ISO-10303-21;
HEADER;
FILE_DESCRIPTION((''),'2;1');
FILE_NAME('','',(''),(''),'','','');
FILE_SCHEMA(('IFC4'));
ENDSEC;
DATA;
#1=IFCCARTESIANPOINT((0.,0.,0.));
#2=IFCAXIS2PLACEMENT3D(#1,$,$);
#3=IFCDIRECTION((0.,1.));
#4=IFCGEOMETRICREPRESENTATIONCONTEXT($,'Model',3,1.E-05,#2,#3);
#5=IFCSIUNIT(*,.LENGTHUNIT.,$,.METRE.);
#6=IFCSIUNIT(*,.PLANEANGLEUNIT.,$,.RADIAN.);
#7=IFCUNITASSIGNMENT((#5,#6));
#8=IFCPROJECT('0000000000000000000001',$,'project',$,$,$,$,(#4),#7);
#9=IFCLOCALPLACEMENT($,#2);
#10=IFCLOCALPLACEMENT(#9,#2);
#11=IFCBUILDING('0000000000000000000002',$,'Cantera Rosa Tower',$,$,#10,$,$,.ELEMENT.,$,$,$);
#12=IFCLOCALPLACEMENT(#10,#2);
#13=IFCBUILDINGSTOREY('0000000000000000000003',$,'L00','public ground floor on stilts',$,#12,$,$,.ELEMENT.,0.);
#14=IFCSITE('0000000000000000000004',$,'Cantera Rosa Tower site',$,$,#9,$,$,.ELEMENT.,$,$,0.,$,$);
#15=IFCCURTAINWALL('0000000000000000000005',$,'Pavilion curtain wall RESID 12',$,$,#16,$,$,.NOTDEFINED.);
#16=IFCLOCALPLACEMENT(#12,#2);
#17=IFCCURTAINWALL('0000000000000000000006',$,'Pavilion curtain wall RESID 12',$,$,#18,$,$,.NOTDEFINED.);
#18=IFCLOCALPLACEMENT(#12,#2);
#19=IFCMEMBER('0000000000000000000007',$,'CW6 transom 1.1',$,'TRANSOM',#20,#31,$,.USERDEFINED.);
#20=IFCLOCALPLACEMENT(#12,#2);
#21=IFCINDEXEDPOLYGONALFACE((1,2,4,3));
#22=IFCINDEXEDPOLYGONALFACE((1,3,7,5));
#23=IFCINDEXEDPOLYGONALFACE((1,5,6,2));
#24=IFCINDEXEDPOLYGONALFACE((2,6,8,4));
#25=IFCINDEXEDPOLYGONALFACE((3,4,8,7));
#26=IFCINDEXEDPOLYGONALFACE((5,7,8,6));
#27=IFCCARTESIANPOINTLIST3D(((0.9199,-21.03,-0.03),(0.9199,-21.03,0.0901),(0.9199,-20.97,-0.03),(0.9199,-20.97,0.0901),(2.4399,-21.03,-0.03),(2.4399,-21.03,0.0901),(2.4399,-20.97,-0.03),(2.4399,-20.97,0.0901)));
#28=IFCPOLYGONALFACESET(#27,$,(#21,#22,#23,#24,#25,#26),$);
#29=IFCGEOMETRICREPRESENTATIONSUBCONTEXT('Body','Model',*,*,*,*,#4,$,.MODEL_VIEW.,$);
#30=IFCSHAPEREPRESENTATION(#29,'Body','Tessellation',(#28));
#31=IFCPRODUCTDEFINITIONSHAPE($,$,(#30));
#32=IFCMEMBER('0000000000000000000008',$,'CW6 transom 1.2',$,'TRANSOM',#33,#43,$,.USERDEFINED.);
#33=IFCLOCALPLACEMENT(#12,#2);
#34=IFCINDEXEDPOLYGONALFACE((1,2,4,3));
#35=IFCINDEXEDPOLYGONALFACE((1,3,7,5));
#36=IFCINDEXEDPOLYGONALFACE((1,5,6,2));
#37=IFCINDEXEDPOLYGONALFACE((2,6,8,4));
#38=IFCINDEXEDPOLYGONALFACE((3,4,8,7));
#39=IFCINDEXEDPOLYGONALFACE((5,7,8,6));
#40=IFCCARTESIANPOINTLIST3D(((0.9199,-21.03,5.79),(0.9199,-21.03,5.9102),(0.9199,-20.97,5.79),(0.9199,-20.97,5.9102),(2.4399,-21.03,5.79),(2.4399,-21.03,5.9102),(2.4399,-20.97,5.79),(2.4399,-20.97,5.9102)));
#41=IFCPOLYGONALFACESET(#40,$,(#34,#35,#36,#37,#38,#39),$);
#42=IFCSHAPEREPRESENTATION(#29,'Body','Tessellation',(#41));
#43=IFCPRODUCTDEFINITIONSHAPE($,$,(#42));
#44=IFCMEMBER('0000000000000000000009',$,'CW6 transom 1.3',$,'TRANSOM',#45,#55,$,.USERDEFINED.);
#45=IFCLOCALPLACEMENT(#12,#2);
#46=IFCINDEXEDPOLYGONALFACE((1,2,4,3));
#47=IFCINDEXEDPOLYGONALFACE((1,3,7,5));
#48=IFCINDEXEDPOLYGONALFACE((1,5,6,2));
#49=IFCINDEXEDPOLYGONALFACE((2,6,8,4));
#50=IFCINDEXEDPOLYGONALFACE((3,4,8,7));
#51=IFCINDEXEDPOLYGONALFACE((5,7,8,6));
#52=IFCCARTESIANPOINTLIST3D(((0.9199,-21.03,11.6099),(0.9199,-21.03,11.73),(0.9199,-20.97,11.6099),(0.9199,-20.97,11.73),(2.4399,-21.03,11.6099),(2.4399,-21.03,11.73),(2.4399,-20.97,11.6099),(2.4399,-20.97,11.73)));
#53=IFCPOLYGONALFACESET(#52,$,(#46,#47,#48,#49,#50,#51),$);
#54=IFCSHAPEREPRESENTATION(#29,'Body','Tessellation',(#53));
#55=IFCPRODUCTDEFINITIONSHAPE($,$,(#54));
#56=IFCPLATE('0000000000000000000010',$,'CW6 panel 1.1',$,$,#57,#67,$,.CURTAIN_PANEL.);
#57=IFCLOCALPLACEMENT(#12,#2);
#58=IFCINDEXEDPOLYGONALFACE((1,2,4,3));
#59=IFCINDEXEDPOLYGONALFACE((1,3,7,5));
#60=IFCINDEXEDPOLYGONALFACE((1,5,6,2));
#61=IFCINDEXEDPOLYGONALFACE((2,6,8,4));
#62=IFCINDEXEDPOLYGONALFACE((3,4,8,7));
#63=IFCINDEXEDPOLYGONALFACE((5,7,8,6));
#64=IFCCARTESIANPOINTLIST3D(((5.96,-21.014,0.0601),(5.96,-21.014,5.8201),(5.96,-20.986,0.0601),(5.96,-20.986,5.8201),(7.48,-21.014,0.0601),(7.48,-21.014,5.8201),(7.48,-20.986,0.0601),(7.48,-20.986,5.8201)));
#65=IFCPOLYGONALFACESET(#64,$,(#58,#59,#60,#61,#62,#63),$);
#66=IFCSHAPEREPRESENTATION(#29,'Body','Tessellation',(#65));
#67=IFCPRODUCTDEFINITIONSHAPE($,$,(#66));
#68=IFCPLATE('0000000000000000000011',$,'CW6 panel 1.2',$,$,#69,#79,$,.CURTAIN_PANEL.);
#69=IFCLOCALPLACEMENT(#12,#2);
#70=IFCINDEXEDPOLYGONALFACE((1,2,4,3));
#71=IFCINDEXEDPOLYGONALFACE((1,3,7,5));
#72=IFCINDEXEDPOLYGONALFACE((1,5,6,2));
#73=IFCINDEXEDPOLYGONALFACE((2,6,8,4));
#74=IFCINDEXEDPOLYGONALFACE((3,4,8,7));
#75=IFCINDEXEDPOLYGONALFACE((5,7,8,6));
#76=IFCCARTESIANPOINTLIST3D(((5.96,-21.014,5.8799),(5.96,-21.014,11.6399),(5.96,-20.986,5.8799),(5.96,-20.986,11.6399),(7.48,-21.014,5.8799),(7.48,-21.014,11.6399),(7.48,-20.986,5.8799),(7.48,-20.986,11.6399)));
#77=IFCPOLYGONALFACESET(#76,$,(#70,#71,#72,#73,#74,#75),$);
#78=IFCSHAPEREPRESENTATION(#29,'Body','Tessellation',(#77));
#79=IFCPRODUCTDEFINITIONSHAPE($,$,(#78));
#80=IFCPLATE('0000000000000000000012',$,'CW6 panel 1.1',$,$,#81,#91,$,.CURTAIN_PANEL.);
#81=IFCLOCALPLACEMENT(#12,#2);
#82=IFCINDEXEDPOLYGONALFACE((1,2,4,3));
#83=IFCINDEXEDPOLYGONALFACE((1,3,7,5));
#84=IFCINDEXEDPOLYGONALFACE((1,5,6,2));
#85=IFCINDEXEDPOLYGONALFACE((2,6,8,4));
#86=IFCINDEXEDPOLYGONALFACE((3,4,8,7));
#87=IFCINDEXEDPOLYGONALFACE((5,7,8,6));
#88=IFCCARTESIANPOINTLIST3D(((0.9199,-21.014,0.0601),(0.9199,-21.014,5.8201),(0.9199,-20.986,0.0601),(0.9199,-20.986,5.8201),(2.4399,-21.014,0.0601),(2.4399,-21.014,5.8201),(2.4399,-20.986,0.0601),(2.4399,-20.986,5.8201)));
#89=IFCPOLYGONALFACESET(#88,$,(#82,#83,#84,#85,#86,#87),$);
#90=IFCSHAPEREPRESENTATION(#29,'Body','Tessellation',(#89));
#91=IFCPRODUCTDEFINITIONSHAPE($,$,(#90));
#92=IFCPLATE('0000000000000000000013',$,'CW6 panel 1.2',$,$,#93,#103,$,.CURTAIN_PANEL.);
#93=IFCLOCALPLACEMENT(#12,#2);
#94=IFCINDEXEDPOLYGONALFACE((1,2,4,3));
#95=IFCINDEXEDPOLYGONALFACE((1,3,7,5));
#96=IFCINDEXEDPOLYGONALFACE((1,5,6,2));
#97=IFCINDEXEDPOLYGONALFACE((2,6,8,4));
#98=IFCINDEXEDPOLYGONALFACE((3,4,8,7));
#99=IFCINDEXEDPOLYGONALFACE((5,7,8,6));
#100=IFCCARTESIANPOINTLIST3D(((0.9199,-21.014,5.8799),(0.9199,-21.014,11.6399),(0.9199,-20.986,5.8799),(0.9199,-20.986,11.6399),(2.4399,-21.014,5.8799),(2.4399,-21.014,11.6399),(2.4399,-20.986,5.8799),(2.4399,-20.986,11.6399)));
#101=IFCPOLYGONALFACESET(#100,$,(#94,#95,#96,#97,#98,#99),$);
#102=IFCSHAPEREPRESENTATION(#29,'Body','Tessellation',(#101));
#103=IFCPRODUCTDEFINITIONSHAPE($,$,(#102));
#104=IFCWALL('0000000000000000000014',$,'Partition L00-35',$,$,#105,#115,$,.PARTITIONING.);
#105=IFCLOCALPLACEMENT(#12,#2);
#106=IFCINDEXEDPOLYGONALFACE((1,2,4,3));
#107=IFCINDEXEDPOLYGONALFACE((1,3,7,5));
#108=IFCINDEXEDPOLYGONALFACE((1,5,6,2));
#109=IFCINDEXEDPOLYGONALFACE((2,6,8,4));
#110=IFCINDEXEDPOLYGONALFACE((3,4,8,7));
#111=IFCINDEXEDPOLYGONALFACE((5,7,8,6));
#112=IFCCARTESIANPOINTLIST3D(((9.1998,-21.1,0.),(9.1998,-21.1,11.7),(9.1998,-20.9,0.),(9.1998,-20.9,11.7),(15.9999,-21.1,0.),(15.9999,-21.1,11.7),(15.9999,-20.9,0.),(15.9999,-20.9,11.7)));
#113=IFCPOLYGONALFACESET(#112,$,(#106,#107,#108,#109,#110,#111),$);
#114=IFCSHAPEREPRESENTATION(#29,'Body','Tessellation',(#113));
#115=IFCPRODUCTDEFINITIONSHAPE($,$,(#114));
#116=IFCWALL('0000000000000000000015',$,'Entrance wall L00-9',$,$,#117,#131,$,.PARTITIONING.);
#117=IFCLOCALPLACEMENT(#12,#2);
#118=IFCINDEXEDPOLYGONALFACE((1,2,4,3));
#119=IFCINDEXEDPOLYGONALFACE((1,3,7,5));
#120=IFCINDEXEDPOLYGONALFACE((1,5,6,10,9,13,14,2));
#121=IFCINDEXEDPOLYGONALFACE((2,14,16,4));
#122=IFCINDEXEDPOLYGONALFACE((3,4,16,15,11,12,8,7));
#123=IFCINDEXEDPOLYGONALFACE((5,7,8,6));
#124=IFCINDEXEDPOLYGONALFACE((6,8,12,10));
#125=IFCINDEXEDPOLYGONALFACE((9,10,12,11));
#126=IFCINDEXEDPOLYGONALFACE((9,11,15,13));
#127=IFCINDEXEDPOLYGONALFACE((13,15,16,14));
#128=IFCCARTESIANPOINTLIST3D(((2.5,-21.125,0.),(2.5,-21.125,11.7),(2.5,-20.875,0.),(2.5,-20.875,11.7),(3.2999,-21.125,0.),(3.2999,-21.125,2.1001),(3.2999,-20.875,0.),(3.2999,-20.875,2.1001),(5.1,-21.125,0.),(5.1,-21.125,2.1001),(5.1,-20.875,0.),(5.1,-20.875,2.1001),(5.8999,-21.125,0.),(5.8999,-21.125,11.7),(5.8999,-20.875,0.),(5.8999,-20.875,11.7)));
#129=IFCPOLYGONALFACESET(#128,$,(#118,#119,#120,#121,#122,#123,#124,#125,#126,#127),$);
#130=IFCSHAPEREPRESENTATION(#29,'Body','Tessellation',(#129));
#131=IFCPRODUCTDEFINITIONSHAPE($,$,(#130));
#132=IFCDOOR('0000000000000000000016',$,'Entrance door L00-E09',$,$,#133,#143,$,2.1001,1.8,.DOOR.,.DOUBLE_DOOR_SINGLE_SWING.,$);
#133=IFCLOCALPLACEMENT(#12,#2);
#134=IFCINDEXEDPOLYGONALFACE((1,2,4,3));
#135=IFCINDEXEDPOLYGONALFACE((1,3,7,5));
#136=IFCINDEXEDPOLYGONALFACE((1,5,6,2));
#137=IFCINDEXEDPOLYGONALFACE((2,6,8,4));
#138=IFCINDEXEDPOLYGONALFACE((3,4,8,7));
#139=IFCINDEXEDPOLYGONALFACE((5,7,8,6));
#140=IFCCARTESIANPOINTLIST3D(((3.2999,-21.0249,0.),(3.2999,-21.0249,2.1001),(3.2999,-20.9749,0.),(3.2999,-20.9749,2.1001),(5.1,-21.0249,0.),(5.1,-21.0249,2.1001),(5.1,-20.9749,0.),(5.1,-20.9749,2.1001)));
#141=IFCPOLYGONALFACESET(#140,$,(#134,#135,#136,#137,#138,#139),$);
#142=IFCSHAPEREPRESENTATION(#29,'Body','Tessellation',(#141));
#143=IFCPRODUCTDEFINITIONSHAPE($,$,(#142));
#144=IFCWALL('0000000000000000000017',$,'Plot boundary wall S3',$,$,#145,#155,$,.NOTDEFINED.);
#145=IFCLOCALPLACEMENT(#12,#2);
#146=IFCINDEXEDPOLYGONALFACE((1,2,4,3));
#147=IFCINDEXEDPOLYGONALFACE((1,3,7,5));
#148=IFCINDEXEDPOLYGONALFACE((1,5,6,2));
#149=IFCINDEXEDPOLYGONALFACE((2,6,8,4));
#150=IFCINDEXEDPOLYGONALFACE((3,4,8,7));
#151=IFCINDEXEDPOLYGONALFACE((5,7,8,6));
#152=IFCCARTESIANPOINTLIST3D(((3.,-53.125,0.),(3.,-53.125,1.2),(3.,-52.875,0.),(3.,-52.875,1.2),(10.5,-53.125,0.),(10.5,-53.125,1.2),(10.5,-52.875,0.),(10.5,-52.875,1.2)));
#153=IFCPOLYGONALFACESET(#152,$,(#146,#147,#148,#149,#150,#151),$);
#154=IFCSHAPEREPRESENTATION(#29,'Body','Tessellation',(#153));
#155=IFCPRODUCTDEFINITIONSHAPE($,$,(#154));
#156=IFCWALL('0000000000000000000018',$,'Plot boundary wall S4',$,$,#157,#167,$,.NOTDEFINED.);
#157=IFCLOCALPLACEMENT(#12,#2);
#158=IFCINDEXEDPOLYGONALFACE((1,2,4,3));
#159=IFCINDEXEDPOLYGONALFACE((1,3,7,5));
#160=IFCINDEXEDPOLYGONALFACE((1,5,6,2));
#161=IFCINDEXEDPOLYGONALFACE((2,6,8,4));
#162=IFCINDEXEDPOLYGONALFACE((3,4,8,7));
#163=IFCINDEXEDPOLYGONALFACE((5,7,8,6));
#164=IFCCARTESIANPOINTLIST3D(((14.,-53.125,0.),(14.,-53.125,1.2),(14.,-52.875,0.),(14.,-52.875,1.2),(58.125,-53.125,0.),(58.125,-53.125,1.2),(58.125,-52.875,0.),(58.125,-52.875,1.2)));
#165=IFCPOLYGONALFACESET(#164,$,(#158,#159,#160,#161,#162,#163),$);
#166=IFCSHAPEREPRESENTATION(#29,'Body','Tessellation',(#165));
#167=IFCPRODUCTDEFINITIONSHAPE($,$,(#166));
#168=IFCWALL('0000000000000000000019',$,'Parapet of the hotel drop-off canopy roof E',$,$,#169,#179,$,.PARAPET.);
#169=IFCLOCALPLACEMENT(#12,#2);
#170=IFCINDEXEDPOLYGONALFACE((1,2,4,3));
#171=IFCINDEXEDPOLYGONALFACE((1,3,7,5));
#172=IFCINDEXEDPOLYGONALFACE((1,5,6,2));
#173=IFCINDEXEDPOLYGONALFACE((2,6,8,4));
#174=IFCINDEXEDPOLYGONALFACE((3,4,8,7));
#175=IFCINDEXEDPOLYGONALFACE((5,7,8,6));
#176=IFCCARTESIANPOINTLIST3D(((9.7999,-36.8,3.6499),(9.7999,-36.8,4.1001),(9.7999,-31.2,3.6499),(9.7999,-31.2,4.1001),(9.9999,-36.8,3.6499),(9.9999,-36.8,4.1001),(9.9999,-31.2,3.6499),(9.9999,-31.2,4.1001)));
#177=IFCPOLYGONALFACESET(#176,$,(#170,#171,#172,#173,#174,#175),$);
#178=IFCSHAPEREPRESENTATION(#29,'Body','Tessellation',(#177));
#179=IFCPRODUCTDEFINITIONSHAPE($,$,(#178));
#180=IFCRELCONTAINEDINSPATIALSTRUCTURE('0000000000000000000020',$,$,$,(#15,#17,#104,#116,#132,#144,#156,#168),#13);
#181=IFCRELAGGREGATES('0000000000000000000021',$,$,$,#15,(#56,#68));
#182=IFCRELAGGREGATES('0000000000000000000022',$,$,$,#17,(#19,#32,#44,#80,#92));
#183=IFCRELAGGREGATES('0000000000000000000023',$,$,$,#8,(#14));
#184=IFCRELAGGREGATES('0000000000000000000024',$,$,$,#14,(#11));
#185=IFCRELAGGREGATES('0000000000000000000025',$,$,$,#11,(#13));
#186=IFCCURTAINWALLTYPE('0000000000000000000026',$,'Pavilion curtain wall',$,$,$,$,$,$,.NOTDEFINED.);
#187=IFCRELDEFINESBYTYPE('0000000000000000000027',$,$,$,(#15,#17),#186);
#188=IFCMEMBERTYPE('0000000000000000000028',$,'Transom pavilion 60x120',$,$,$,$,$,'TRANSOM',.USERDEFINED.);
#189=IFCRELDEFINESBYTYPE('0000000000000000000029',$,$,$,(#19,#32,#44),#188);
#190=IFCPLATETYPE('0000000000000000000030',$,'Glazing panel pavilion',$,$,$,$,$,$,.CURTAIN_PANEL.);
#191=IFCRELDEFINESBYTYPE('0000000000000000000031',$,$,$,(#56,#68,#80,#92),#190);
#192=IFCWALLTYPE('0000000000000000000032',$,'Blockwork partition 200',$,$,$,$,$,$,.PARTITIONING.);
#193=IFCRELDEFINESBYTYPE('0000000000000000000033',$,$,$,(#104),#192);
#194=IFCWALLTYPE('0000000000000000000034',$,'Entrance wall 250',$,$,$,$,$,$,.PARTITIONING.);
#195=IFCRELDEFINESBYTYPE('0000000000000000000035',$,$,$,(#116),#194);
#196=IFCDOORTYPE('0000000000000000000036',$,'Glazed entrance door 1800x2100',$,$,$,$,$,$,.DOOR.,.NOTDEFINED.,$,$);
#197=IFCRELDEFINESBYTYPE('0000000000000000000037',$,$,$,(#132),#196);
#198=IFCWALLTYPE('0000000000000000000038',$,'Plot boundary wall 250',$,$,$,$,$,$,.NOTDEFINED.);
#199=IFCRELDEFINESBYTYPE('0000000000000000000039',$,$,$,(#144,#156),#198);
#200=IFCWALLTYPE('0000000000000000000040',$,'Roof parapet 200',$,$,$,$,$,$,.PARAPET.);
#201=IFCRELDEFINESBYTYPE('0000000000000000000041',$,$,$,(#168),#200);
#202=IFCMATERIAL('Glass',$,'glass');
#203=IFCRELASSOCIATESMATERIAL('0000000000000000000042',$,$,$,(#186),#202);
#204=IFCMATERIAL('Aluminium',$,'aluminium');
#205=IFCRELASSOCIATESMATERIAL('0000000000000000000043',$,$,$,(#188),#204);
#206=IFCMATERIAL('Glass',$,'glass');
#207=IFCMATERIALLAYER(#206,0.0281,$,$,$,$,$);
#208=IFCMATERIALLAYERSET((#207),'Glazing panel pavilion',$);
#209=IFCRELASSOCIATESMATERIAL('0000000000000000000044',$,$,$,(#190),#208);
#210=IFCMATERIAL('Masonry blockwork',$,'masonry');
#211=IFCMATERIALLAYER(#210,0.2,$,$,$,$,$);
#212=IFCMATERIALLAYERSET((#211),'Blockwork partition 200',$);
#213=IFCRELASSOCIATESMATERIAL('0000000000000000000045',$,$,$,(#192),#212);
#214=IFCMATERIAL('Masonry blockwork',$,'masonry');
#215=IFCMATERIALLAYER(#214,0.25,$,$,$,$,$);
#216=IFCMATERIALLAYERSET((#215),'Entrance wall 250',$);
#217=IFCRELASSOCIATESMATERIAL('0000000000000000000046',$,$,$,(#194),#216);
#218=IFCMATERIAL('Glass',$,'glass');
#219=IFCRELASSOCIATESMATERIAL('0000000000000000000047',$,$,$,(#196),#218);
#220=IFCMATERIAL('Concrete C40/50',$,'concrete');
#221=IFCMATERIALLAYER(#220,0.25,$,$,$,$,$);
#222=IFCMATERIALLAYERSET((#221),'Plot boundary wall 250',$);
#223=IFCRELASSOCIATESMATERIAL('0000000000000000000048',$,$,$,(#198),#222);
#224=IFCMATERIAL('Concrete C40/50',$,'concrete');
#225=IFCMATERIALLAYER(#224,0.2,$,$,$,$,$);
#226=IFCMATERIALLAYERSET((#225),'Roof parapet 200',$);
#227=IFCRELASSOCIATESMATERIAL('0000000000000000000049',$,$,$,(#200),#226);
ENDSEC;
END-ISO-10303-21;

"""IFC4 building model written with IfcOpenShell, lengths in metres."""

from ifc_helpers import new_model, si_unit, direction, frame, frame_2d, origin, origin_2d, place, context, subcontext, project, spatial, rectangle, extrude, material, layer, layer_set, material_profile, profile_set, type_object, element, fill, aggregate, save


model = new_model("IFC4")

# Units and contexts
model_context = context("Model", 3, precision=1e-05, world=origin(), true_north=direction((0.0, 1.0)))
body_context = subcontext(model_context, "Body", "Model", "MODEL_VIEW")
ifc_project = project(units=[si_unit("LENGTHUNIT", "METRE"), si_unit("PLANEANGLEUNIT", "RADIAN")], contexts=[model_context])

# Site, building, storey
site_placement = place(None, origin())
site = spatial("IfcSite", under=ifc_project, at=site_placement, Name="Cantera Rosa Tower site", CompositionType="ELEMENT", RefElevation=0.0)
building_placement = place(site_placement, origin())
building = spatial("IfcBuilding", under=site, at=building_placement, Name="Cantera Rosa Tower", CompositionType="ELEMENT")
storey_placement = place(building_placement, origin())
storey = spatial("IfcBuildingStorey", under=building, at=storey_placement, Name="L00", Description="public ground floor on stilts", CompositionType="ELEMENT", Elevation=0.0)

# Curtain walls
ifc_material_1 = material(Name="Glass", Category="glass")
curtain_wall_type = type_object("IfcCurtainWallType", Name="Pavilion curtain wall", PredefinedType="NOTDEFINED", material=ifc_material_1)
curtain_wall_1_placement = place(storey_placement, origin())
curtain_wall_1 = element("IfcCurtainWall", 1, at=curtain_wall_1_placement, inside=storey, type_object=curtain_wall_type, Name="Pavilion curtain wall RESID 12", PredefinedType="NOTDEFINED")
curtain_wall_2_placement = place(storey_placement, origin())
curtain_wall_2 = element("IfcCurtainWall", 2, at=curtain_wall_2_placement, inside=storey, type_object=curtain_wall_type, Name="Pavilion curtain wall RESID 12", PredefinedType="NOTDEFINED")

# Members
ifc_material_2 = material(Name="Aluminium", Category="aluminium")
ifc_material_profile_1 = material_profile(ifc_material_2, rectangle(XDim=0.0601, YDim=0.1201, at=origin_2d()), Name="Transom pavilion 60x120")
ifc_profile_set_1 = profile_set([ifc_material_profile_1], Name="Aluminium")
member_type_1 = type_object("IfcMemberType", Name="Transom pavilion 60x120", ElementType="TRANSOM", PredefinedType="USERDEFINED", material=ifc_profile_set_1)
member_1_placement = place(storey_placement, frame((2.4399, -21.0, 0.03), z_axis=(-1.0, 0.0, 0.0), x_axis=(0.0, -1.0, 0.0)))
member_1 = element("IfcMember", 3, at=member_1_placement, type_object=member_type_1, Name="CW6 transom 1.1", ObjectType="TRANSOM", PredefinedType="USERDEFINED", context=body_context, shape_type="SweptSolid", body=[
    extrude(rectangle(XDim=0.0601, YDim=0.1201, at=origin_2d()), origin(), (0.0, 0.0, 1.0), 1.52),
])
member_2_placement = place(storey_placement, frame((2.4399, -21.0, 5.8501), z_axis=(-1.0, 0.0, 0.0), x_axis=(0.0, -1.0, 0.0)))
member_2 = element("IfcMember", 4, at=member_2_placement, type_object=member_type_1, Name="CW6 transom 1.2", ObjectType="TRANSOM", PredefinedType="USERDEFINED", context=body_context, shape_type="SweptSolid", body=[
    extrude(rectangle(XDim=0.0601, YDim=0.1201, at=origin_2d()), origin(), (0.0, 0.0, 1.0), 1.52),
])
member_3_placement = place(storey_placement, frame((2.4399, -21.0, 11.6699), z_axis=(-1.0, 0.0, 0.0), x_axis=(0.0, -1.0, 0.0)))
member_3 = element("IfcMember", 5, at=member_3_placement, type_object=member_type_1, Name="CW6 transom 1.3", ObjectType="TRANSOM", PredefinedType="USERDEFINED", context=body_context, shape_type="SweptSolid", body=[
    extrude(rectangle(XDim=0.0601, YDim=0.1201, at=origin_2d()), origin(), (0.0, 0.0, 1.0), 1.52),
])

# Plates
ifc_material_3 = material(Name="Glass", Category="glass")
ifc_layer_1 = layer(ifc_material_3, 0.0281)
ifc_layer_set_1 = layer_set([ifc_layer_1], Name="Glazing panel pavilion")
plate_type = type_object("IfcPlateType", Name="Glazing panel pavilion", PredefinedType="CURTAIN_PANEL", material=ifc_layer_set_1)
plate_1_placement = place(storey_placement, frame((6.72, -21.0, 0.0601), z_axis=(0.0, 0.0, 1.0), x_axis=(-1.0, 0.0, 0.0)))
plate_1 = element("IfcPlate", 6, at=plate_1_placement, type_object=plate_type, Name="CW6 panel 1.1", PredefinedType="CURTAIN_PANEL", context=body_context, shape_type="SweptSolid", body=[
    extrude(rectangle(XDim=1.52, YDim=0.0281, at=origin_2d()), origin(), (0.0, 0.0, 1.0), 5.76),
])
plate_2_placement = place(storey_placement, frame((6.72, -21.0, 5.8799), z_axis=(0.0, 0.0, 1.0), x_axis=(-1.0, 0.0, 0.0)))
plate_2 = element("IfcPlate", 7, at=plate_2_placement, type_object=plate_type, Name="CW6 panel 1.2", PredefinedType="CURTAIN_PANEL", context=body_context, shape_type="SweptSolid", body=[
    extrude(rectangle(XDim=1.52, YDim=0.0281, at=origin_2d()), origin(), (0.0, 0.0, 1.0), 5.76),
])
aggregate(curtain_wall_1, [plate_1, plate_2])
plate_3_placement = place(storey_placement, frame((1.6799, -21.0, 0.0601), z_axis=(0.0, 0.0, 1.0), x_axis=(-1.0, 0.0, 0.0)))
plate_3 = element("IfcPlate", 8, at=plate_3_placement, type_object=plate_type, Name="CW6 panel 1.1", PredefinedType="CURTAIN_PANEL", context=body_context, shape_type="SweptSolid", body=[
    extrude(rectangle(XDim=1.52, YDim=0.0281, at=origin_2d()), origin(), (0.0, 0.0, 1.0), 5.76),
])
plate_4_placement = place(storey_placement, frame((1.6799, -21.0, 5.8799), z_axis=(0.0, 0.0, 1.0), x_axis=(-1.0, 0.0, 0.0)))
plate_4 = element("IfcPlate", 9, at=plate_4_placement, type_object=plate_type, Name="CW6 panel 1.2", PredefinedType="CURTAIN_PANEL", context=body_context, shape_type="SweptSolid", body=[
    extrude(rectangle(XDim=1.52, YDim=0.0281, at=origin_2d()), origin(), (0.0, 0.0, 1.0), 5.76),
])
aggregate(curtain_wall_2, [member_1, member_2, member_3, plate_3, plate_4])

# Wall
ifc_material_4 = material(Name="Masonry blockwork", Category="masonry")
ifc_layer_2 = layer(ifc_material_4, 0.2)
ifc_layer_set_2 = layer_set([ifc_layer_2], Name="Blockwork partition 200")
wall_type_1 = type_object("IfcWallType", Name="Blockwork partition 200", PredefinedType="PARTITIONING", material=ifc_layer_set_2)
wall_1_placement = place(storey_placement, frame((9.2, -21.0, 0.0), z_axis=(0.0, 0.0, 1.0), x_axis=(1.0, 0.0, 0.0)))
element("IfcWall", 10, at=wall_1_placement, inside=storey, type_object=wall_type_1, Name="Partition L00-35", PredefinedType="PARTITIONING", context=body_context, shape_type="SweptSolid", body=[
    extrude(rectangle(XDim=6.8, YDim=0.2, at=frame_2d((3.3999, 0.0))), origin(), (0.0, 0.0, 1.0), 11.7),
])

# Wall, opening, door
ifc_material_5 = material(Name="Masonry blockwork", Category="masonry")
ifc_layer_3 = layer(ifc_material_5, 0.25)
ifc_layer_set_3 = layer_set([ifc_layer_3], Name="Entrance wall 250")
wall_type_2 = type_object("IfcWallType", Name="Entrance wall 250", PredefinedType="PARTITIONING", material=ifc_layer_set_3)
wall_2_placement = place(storey_placement, frame((5.8999, -21.0, 0.0), z_axis=(0.0, 0.0, 1.0), x_axis=(-1.0, 0.0, 0.0)))
wall_2 = element("IfcWall", 11, at=wall_2_placement, inside=storey, type_object=wall_type_2, Name="Entrance wall L00-9", PredefinedType="PARTITIONING", context=body_context, shape_type="SweptSolid", body=[
    extrude(rectangle(XDim=3.3999, YDim=0.25, at=frame_2d((1.7, 0.0))), origin(), (0.0, 0.0, 1.0), 11.7),
])
opening_placement = place(wall_2_placement, frame((0.8, 0.0, 0.0)))
opening = element("IfcOpeningElement", 12, at=opening_placement, cuts=wall_2, PredefinedType="OPENING", context=body_context, shape_type="SweptSolid", body=[
    extrude(rectangle(XDim=1.8, YDim=2.1001, at=frame_2d((0.8999, 1.05))), frame((0.0, 0.135, 0.0), z_axis=(0.0, -1.0, 0.0), x_axis=(1.0, 0.0, 0.0)), (0.0, 0.0, 1.0), 0.27),
])
ifc_material_6 = material(Name="Glass", Category="glass")
door_type = type_object("IfcDoorType", Name="Glazed entrance door 1800x2100", OperationType="NOTDEFINED", PredefinedType="DOOR", material=ifc_material_6)
door_placement = place(opening_placement, origin())
door = element("IfcDoor", 13, at=door_placement, inside=storey, type_object=door_type, Name="Entrance door L00-E09", OperationType="DOUBLE_DOOR_SINGLE_SWING", OverallHeight=2.1001, OverallWidth=1.8, PredefinedType="DOOR", context=body_context, shape_type="SweptSolid", body=[
    extrude(rectangle(XDim=1.8, YDim=2.1001, at=frame_2d((0.8999, 1.05))), frame((0.0, 0.0249, 0.0), z_axis=(0.0, -1.0, 0.0), x_axis=(1.0, 0.0, 0.0)), (0.0, 0.0, 1.0), 0.05),
])
fill(opening, door)

# Walls
ifc_material_7 = material(Name="Concrete C40/50", Category="concrete")
ifc_layer_4 = layer(ifc_material_7, 0.25)
ifc_layer_set_4 = layer_set([ifc_layer_4], Name="Plot boundary wall 250")
wall_type_3 = type_object("IfcWallType", Name="Plot boundary wall 250", PredefinedType="NOTDEFINED", material=ifc_layer_set_4)
wall_3_placement = place(storey_placement, frame((3.0, -53.0, 0.0), z_axis=(0.0, 0.0, 1.0), x_axis=(1.0, 0.0, 0.0)))
element("IfcWall", 14, at=wall_3_placement, inside=storey, type_object=wall_type_3, Name="Plot boundary wall S3", PredefinedType="NOTDEFINED", context=body_context, shape_type="SweptSolid", body=[
    extrude(rectangle(XDim=7.5, YDim=0.25, at=frame_2d((3.75, 0.0))), origin(), (0.0, 0.0, 1.0), 1.2),
])
wall_4_placement = place(storey_placement, frame((14.0, -53.0, 0.0), z_axis=(0.0, 0.0, 1.0), x_axis=(1.0, 0.0, 0.0)))
element("IfcWall", 15, at=wall_4_placement, inside=storey, type_object=wall_type_3, Name="Plot boundary wall S4", PredefinedType="NOTDEFINED", context=body_context, shape_type="SweptSolid", body=[
    extrude(rectangle(XDim=44.125, YDim=0.25, at=frame_2d((22.0625, 0.0))), origin(), (0.0, 0.0, 1.0), 1.2),
])
ifc_material_8 = material(Name="Concrete C40/50", Category="concrete")
ifc_layer_5 = layer(ifc_material_8, 0.2)
ifc_layer_set_5 = layer_set([ifc_layer_5], Name="Roof parapet 200")
wall_type_4 = type_object("IfcWallType", Name="Roof parapet 200", PredefinedType="PARAPET", material=ifc_layer_set_5)
wall_5_placement = place(storey_placement, frame((9.8999, -36.8, 3.6499), z_axis=(0.0, 0.0, 1.0), x_axis=(0.0, 1.0, 0.0)))
element("IfcWall", 16, at=wall_5_placement, inside=storey, type_object=wall_type_4, Name="Parapet of the hotel drop-off canopy roof E", PredefinedType="PARAPET", context=body_context, shape_type="SweptSolid", body=[
    extrude(rectangle(XDim=5.6001, YDim=0.2, at=frame_2d((2.8, 0.0))), origin(), (0.0, 0.0, 1.0), 0.4502),
])

save(model, "model.ifc")
